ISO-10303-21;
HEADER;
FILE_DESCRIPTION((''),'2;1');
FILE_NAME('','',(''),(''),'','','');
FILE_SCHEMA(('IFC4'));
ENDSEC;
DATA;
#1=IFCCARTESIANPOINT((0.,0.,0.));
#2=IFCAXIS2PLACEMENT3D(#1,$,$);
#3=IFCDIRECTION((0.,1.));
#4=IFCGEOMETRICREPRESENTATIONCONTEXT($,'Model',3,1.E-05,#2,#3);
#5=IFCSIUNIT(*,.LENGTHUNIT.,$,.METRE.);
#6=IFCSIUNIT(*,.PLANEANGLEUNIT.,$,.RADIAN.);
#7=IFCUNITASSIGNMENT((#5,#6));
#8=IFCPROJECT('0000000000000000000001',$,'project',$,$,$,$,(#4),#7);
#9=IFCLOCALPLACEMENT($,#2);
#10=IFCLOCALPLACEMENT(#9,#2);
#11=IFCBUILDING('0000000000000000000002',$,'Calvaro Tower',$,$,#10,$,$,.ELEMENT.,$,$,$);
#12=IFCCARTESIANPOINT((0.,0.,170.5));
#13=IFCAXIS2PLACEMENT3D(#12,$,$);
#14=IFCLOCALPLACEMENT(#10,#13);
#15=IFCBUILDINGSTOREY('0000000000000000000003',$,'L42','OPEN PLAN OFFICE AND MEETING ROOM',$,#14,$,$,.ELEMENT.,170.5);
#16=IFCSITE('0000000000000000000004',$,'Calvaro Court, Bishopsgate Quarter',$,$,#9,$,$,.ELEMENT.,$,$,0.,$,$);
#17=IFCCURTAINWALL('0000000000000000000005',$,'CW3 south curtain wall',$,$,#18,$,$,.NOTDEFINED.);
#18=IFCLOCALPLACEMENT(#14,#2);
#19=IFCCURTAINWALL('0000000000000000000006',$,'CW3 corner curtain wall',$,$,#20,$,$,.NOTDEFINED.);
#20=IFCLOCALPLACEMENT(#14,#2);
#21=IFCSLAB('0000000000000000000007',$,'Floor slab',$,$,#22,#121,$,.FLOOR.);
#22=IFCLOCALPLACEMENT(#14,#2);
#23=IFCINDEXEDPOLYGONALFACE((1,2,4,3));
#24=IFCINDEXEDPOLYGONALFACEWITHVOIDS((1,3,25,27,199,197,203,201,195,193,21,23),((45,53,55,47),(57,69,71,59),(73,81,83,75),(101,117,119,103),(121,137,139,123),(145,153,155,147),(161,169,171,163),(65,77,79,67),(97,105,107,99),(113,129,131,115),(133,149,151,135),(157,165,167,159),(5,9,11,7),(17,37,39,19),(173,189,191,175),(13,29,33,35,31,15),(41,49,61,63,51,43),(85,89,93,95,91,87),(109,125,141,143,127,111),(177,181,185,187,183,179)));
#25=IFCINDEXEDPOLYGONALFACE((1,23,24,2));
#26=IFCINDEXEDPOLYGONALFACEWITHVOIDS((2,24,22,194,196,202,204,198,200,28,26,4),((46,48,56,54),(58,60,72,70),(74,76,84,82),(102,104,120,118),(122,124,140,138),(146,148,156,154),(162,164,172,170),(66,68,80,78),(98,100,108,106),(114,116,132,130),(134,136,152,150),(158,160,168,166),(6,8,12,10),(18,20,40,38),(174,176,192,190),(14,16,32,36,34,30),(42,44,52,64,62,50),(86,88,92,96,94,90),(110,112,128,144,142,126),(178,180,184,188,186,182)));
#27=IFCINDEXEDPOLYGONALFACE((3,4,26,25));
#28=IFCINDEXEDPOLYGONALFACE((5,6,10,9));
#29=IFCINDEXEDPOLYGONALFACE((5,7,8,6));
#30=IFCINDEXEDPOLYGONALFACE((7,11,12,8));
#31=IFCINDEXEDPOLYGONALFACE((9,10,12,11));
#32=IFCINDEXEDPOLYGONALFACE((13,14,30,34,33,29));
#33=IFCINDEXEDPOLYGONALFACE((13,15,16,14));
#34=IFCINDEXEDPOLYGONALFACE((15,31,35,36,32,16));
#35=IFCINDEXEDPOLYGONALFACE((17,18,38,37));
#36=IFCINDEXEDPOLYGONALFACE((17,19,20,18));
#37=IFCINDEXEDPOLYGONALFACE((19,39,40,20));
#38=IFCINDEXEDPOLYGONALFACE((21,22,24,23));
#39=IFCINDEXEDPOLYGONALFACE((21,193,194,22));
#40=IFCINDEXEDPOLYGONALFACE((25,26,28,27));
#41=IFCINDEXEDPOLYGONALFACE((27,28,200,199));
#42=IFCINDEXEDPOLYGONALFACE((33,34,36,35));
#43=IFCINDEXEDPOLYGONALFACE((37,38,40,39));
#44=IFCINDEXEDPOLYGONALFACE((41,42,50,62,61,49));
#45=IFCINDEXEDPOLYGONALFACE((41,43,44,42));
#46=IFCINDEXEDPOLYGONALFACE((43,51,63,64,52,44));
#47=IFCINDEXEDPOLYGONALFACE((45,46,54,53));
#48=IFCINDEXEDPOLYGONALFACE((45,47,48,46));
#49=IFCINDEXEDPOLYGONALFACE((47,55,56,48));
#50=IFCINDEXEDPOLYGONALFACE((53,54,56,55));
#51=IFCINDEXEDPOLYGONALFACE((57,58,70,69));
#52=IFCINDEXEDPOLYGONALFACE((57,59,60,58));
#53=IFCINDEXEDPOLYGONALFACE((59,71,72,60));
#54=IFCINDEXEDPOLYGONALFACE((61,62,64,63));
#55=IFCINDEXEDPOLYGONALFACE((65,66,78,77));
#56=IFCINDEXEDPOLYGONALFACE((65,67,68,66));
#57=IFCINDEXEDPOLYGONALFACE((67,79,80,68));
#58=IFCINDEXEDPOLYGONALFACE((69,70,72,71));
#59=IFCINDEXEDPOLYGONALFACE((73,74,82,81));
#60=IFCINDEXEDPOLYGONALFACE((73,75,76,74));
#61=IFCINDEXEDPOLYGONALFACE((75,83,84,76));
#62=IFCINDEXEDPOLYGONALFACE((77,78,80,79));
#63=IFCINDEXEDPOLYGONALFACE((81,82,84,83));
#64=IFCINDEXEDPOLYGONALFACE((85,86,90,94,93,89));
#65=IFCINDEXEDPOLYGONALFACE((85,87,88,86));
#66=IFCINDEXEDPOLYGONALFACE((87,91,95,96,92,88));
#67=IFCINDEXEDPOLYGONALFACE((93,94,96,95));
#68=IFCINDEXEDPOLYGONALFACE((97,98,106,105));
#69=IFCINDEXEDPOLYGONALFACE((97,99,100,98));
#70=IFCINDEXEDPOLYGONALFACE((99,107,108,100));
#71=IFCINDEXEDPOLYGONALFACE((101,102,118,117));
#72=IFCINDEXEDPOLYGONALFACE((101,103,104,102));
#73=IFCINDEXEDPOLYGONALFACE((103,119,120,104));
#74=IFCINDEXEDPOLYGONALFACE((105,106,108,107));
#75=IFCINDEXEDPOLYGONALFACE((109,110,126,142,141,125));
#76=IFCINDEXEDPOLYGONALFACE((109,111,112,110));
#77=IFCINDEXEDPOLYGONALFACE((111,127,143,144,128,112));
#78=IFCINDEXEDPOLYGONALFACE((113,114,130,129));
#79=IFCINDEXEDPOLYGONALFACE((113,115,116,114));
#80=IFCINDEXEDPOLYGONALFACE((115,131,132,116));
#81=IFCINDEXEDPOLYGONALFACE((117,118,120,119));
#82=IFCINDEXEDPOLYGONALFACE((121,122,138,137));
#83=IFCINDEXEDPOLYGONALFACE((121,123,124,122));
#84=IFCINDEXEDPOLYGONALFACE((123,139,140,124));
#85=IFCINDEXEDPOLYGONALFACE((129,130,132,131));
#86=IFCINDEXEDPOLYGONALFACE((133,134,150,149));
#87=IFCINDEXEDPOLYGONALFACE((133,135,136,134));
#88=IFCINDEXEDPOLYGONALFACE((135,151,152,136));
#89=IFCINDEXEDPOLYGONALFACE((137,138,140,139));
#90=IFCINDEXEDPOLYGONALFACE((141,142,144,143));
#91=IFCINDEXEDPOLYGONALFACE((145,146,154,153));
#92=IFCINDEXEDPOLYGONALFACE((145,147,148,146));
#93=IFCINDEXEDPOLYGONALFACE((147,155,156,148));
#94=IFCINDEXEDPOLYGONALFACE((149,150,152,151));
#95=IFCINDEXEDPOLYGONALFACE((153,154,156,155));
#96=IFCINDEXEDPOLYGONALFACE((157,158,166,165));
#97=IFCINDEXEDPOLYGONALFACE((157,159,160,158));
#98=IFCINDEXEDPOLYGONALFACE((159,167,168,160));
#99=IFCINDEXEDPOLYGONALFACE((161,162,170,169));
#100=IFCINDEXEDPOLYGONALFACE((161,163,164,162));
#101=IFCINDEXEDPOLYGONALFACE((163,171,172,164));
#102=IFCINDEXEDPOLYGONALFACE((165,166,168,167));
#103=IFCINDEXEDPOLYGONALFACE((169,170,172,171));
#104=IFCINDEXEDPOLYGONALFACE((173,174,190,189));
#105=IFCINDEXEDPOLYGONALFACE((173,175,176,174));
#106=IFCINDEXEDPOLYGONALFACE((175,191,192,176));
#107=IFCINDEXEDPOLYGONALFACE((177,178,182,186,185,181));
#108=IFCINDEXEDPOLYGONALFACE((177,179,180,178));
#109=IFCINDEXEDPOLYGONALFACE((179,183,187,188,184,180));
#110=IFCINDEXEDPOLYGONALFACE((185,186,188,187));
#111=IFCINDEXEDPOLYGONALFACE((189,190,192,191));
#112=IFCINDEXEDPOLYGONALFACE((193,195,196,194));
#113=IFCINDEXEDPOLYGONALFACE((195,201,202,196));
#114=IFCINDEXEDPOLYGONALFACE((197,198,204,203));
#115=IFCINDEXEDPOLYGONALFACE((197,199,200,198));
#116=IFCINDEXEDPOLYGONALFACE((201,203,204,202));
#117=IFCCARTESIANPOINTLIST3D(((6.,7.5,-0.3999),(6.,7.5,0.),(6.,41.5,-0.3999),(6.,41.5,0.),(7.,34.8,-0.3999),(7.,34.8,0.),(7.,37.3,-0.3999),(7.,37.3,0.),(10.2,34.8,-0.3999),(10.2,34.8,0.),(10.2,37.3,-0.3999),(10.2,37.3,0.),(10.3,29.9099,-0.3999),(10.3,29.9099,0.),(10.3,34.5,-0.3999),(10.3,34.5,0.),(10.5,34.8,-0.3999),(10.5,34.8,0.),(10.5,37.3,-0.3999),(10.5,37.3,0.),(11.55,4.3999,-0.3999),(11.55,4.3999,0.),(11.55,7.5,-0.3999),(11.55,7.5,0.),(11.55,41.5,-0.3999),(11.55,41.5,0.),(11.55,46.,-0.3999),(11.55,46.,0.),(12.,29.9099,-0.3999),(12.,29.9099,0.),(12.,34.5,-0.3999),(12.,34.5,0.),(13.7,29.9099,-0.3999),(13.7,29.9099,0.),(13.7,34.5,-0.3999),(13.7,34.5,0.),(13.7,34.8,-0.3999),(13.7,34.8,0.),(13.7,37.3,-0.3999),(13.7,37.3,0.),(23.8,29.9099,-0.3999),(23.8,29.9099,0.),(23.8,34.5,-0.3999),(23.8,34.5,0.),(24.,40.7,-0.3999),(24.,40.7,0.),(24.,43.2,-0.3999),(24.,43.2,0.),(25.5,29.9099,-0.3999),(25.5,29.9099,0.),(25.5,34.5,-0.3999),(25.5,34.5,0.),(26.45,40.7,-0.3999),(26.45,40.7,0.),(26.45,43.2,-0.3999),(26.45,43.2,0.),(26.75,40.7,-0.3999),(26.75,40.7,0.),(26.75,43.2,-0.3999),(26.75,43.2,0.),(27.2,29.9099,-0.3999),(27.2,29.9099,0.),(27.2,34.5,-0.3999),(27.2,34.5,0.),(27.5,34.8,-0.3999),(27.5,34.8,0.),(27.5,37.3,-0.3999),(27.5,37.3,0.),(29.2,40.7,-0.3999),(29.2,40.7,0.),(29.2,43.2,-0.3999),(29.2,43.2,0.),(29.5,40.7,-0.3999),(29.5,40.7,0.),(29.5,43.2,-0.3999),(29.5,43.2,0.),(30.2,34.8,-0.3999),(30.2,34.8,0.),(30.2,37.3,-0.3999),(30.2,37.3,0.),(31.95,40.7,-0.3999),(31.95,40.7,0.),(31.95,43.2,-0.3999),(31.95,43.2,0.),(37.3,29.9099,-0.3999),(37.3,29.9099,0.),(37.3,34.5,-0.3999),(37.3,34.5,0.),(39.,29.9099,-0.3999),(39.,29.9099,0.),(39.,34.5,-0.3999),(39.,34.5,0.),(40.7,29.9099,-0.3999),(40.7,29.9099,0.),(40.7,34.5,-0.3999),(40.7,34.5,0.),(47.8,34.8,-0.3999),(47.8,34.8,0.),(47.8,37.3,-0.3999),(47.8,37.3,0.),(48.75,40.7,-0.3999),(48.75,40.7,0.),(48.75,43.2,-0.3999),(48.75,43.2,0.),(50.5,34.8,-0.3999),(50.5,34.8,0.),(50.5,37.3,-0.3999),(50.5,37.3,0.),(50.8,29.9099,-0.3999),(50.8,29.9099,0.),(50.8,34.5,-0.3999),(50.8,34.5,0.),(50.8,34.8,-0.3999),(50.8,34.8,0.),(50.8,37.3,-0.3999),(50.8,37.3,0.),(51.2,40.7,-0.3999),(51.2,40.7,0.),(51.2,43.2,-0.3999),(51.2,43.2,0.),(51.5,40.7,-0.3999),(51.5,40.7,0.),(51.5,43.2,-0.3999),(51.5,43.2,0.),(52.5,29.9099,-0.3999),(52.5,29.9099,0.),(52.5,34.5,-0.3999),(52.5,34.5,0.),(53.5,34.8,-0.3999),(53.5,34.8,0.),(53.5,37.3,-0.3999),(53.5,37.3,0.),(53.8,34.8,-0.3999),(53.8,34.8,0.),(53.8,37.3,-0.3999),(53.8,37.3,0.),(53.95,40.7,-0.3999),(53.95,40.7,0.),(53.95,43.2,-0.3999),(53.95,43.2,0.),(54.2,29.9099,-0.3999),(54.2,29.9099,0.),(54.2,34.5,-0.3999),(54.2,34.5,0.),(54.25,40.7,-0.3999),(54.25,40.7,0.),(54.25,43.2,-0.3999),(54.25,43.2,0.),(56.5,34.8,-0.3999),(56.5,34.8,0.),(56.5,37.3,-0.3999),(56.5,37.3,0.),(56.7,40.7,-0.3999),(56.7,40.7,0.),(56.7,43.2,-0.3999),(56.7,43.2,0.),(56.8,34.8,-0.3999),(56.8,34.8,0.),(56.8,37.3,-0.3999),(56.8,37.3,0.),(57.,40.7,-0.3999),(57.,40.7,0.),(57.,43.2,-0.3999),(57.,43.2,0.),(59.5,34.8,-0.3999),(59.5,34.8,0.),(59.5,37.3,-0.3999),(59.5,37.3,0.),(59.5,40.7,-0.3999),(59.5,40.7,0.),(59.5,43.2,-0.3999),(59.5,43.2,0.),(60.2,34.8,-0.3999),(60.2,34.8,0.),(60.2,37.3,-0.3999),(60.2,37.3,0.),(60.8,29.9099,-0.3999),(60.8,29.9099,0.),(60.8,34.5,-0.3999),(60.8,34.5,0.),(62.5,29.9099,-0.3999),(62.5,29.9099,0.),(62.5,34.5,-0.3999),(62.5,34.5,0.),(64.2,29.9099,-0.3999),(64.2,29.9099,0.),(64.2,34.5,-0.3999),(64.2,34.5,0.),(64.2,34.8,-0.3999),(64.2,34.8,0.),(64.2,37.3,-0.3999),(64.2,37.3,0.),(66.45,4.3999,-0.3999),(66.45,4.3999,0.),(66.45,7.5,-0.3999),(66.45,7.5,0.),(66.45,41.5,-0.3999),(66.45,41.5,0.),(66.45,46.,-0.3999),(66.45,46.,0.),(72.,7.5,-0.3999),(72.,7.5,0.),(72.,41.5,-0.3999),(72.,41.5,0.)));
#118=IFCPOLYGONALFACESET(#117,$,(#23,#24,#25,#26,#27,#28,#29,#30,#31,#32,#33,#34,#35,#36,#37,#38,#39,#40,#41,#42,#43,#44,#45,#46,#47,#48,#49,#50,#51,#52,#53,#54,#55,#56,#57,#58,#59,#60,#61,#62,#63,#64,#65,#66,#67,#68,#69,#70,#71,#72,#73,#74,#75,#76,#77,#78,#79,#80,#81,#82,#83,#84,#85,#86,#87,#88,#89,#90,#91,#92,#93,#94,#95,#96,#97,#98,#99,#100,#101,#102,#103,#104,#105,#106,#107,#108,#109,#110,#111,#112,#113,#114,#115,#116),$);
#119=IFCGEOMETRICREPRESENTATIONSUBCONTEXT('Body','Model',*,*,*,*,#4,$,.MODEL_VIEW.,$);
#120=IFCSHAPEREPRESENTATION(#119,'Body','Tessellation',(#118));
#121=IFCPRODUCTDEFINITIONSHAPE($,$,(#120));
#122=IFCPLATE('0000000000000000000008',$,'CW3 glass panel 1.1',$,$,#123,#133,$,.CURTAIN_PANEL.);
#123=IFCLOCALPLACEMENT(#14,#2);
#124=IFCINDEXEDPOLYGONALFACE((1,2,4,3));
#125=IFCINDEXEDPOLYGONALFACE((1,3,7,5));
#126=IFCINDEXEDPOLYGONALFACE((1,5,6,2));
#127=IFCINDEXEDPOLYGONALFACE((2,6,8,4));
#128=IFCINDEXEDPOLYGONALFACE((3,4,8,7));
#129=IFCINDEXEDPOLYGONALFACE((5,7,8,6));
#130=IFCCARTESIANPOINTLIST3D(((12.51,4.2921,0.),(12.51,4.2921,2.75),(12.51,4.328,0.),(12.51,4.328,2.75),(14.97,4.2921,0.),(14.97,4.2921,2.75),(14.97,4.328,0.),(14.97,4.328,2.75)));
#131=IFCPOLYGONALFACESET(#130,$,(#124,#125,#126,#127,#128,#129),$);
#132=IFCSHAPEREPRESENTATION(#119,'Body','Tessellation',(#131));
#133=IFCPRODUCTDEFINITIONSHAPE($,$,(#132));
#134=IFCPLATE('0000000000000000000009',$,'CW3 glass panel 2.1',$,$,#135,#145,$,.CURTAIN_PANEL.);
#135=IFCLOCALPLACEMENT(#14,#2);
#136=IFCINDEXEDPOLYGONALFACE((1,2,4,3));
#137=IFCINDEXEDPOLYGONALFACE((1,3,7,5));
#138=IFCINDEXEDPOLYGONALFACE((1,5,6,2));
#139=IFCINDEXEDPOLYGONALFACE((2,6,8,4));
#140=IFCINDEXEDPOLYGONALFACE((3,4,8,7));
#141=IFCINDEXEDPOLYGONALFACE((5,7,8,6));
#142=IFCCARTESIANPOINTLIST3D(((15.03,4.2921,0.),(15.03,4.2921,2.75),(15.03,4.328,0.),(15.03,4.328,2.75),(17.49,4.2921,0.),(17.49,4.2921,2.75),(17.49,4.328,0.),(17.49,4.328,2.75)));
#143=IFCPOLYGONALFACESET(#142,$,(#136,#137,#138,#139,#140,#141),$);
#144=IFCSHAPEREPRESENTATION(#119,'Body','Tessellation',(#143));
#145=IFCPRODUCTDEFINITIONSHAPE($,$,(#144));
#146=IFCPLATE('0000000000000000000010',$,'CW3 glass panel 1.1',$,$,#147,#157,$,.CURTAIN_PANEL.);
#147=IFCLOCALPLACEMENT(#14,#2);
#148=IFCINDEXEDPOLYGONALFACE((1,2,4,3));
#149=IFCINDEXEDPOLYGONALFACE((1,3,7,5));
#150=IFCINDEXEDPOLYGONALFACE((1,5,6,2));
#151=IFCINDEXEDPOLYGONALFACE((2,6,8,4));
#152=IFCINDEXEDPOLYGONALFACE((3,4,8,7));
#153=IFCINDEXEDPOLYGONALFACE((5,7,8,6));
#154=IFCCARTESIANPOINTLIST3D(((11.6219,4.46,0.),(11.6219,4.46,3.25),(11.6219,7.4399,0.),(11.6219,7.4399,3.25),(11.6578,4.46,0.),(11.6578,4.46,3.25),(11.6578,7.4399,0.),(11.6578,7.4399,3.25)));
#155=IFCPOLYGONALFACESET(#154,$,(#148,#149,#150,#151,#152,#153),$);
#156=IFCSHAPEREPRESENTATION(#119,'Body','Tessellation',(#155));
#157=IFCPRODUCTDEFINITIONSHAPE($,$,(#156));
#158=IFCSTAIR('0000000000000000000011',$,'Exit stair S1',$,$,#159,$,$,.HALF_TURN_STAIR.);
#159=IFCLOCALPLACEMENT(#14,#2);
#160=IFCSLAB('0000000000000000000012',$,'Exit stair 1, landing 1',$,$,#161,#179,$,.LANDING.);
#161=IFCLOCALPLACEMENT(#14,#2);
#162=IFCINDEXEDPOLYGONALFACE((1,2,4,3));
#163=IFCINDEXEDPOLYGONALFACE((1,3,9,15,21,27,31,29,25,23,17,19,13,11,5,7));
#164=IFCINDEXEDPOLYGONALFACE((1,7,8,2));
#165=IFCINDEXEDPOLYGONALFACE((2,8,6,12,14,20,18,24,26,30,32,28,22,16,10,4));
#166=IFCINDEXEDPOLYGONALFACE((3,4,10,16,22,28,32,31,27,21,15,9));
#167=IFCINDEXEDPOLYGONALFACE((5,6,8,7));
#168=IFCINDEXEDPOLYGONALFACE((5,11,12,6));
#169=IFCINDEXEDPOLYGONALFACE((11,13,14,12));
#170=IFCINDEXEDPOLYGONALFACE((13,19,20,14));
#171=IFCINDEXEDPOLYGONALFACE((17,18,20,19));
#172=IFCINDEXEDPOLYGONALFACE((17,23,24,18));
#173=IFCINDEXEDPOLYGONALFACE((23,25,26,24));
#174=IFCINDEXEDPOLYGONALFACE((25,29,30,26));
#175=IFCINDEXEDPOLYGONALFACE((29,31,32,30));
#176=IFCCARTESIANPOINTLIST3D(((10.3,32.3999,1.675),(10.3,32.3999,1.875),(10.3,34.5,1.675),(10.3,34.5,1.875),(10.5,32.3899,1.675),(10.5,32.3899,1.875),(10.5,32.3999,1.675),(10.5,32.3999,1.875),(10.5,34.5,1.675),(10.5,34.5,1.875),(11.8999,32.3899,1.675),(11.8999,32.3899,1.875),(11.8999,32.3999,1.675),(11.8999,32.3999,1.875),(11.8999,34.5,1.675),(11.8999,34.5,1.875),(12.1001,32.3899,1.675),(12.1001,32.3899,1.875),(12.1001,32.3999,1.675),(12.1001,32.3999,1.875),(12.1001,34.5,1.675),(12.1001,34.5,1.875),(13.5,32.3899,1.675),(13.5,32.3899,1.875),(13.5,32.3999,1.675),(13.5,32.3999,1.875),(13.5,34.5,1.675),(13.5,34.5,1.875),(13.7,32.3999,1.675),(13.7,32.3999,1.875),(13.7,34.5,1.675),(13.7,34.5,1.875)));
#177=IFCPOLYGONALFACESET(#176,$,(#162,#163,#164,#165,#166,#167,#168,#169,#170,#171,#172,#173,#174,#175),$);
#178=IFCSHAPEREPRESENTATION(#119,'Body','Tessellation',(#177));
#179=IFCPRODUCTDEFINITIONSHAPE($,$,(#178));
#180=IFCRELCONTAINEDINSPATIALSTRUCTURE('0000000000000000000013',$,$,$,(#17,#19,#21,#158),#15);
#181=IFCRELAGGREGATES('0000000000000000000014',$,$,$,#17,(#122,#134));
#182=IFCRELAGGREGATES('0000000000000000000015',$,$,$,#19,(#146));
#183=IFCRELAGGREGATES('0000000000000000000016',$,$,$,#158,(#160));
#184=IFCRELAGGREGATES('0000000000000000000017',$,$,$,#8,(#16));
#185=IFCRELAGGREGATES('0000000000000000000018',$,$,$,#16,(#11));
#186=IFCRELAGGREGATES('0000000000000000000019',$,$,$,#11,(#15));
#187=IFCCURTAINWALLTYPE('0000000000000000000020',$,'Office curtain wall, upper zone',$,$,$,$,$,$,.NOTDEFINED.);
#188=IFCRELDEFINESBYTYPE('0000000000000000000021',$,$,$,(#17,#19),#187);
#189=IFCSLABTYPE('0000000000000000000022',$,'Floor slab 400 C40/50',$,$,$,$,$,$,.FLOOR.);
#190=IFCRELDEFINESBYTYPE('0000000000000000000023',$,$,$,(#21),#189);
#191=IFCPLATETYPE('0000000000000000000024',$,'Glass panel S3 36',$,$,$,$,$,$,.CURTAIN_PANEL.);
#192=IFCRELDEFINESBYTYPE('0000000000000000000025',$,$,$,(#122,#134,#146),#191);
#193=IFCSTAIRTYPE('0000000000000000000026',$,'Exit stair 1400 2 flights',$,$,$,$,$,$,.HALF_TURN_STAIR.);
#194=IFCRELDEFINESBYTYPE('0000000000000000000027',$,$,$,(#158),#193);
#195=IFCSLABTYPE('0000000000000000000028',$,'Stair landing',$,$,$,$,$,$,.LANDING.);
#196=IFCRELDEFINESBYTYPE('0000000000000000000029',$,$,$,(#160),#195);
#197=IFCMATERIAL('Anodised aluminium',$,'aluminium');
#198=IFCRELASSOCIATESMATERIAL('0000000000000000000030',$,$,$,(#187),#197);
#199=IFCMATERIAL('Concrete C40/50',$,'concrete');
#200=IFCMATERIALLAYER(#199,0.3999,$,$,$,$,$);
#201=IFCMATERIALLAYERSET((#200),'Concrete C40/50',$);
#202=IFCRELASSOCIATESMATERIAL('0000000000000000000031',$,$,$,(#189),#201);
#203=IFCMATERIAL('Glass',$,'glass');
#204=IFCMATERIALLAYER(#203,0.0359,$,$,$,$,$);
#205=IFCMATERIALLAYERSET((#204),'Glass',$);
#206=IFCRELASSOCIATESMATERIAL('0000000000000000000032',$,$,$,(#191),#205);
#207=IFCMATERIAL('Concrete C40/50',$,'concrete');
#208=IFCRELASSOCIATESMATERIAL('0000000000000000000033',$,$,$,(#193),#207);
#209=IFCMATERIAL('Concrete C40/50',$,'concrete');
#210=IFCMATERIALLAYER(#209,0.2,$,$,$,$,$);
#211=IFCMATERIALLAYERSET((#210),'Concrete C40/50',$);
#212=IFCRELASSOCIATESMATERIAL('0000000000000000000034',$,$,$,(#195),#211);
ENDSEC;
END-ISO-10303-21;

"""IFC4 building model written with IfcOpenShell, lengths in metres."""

from ifc_helpers import new_model, si_unit, direction, frame, origin, origin_2d, place, context, subcontext, project, spatial, polyline, rectangle, outline, extrude, material, layer, layer_set, type_object, element, aggregate, save


model = new_model("IFC4")

# Units and contexts
model_context = context("Model", 3, precision=1e-05, world=origin(), true_north=direction((0.0, 1.0)))
body_context = subcontext(model_context, "Body", "Model", "MODEL_VIEW")
ifc_project = project(units=[si_unit("LENGTHUNIT", "METRE"), si_unit("PLANEANGLEUNIT", "RADIAN")], contexts=[model_context])

# Site, building, storey
site_placement = place(None, origin())
site = spatial("IfcSite", under=ifc_project, at=site_placement, Name="Calvaro Court, Bishopsgate Quarter", CompositionType="ELEMENT", RefElevation=0.0)
building_placement = place(site_placement, origin())
building = spatial("IfcBuilding", under=site, at=building_placement, Name="Calvaro Tower", CompositionType="ELEMENT")
storey_placement = place(building_placement, frame((0.0, 0.0, 170.5)))
storey = spatial("IfcBuildingStorey", under=building, at=storey_placement, Name="L42", Description="OPEN PLAN OFFICE AND MEETING ROOM", CompositionType="ELEMENT", Elevation=170.5)

# Curtain wall
ifc_material_1 = material(Name="Anodised aluminium", Category="aluminium")
curtain_wall_type = type_object("IfcCurtainWallType", Name="Office curtain wall, upper zone", PredefinedType="NOTDEFINED", material=ifc_material_1)
curtain_wall_1_placement = place(storey_placement, origin())
curtain_wall_1 = element("IfcCurtainWall", 1, at=curtain_wall_1_placement, inside=storey, type_object=curtain_wall_type, Name="CW3 south curtain wall", PredefinedType="NOTDEFINED")

# Curtain wall
curtain_wall_2_placement = place(storey_placement, origin())
curtain_wall_2 = element("IfcCurtainWall", 2, at=curtain_wall_2_placement, inside=storey, type_object=curtain_wall_type, Name="CW3 corner curtain wall", PredefinedType="NOTDEFINED")

# Slab
ifc_material_2 = material(Name="Concrete C40/50", Category="concrete")
ifc_layer_1 = layer(ifc_material_2, 0.3999)
ifc_layer_set_1 = layer_set([ifc_layer_1], Name="Concrete C40/50")
slab_type_1 = type_object("IfcSlabType", Name="Floor slab 400 C40/50", PredefinedType="FLOOR", material=ifc_layer_set_1)
slab_1_placement = place(storey_placement, frame((0.0, 0.0, -0.3999)))
element("IfcSlab", 3, at=slab_1_placement, inside=storey, type_object=slab_type_1, Name="Floor slab", PredefinedType="FLOOR", context=body_context, shape_type="SweptSolid", body=[
    extrude(outline(polyline([(66.45, 7.5), (66.45, 4.3999), (11.55, 4.3999), (11.55, 7.5), (6.0, 7.5), (6.0, 41.5), (11.55, 41.5), (11.55, 46.0), (66.45, 46.0), (66.45, 41.5), (72.0, 41.5), (72.0, 7.5), (66.45, 7.5)]), holes=[polyline([(10.3, 29.9099), (10.3, 34.5), (12.0, 34.5), (13.7, 34.5), (13.7, 29.9099), (12.0, 29.9099), (10.3, 29.9099)]), polyline([(23.8, 29.9099), (23.8, 34.5), (25.5, 34.5), (27.2, 34.5), (27.2, 29.9099), (25.5, 29.9099), (23.8, 29.9099)]), polyline([(37.3, 29.9099), (37.3, 34.5), (39.0, 34.5), (40.7, 34.5), (40.7, 29.9099), (39.0, 29.9099), (37.3, 29.9099)]), polyline([(50.8, 29.9099), (50.8, 34.5), (52.5, 34.5), (54.2, 34.5), (54.2, 29.9099), (52.5, 29.9099), (50.8, 29.9099)]), polyline([(60.8, 29.9099), (60.8, 34.5), (62.5, 34.5), (64.2, 34.5), (64.2, 29.9099), (62.5, 29.9099), (60.8, 29.9099)]), polyline([(50.8, 34.8), (53.5, 34.8), (53.5, 37.3), (50.8, 37.3), (50.8, 34.8)]), polyline([(53.8, 34.8), (56.5, 34.8), (56.5, 37.3), (53.8, 37.3), (53.8, 34.8)]), polyline([(56.8, 34.8), (59.5, 34.8), (59.5, 37.3), (56.8, 37.3), (56.8, 34.8)]), polyline([(24.0, 40.7), (26.45, 40.7), (26.45, 43.2), (24.0, 43.2), (24.0, 40.7)]), polyline([(26.75, 40.7), (29.2, 40.7), (29.2, 43.2), (26.75, 43.2), (26.75, 40.7)]), polyline([(29.5, 40.7), (31.95, 40.7), (31.95, 43.2), (29.5, 43.2), (29.5, 40.7)]), polyline([(48.75, 40.7), (51.2, 40.7), (51.2, 43.2), (48.75, 43.2), (48.75, 40.7)]), polyline([(51.5, 40.7), (53.95, 40.7), (53.95, 43.2), (51.5, 43.2), (51.5, 40.7)]), polyline([(54.25, 40.7), (56.7, 40.7), (56.7, 43.2), (54.25, 43.2), (54.25, 40.7)]), polyline([(57.0, 40.7), (59.5, 40.7), (59.5, 43.2), (57.0, 43.2), (57.0, 40.7)]), polyline([(7.0, 34.8), (10.2, 34.8), (10.2, 37.3), (7.0, 37.3), (7.0, 34.8)]), polyline([(10.5, 34.8), (13.7, 34.8), (13.7, 37.3), (10.5, 37.3), (10.5, 34.8)]), polyline([(60.2, 34.8), (64.2, 34.8), (64.2, 37.3), (60.2, 37.3), (60.2, 34.8)]), polyline([(27.5, 34.8), (30.2, 34.8), (30.2, 37.3), (27.5, 37.3), (27.5, 34.8)]), polyline([(47.8, 34.8), (50.5, 34.8), (50.5, 37.3), (47.8, 37.3), (47.8, 34.8)])]), origin(), (0.0, 0.0, 1.0), 0.3999),
])

# Plates
ifc_material_3 = material(Name="Glass", Category="glass")
ifc_layer_2 = layer(ifc_material_3, 0.0359)
ifc_layer_set_2 = layer_set([ifc_layer_2], Name="Glass")
plate_type = type_object("IfcPlateType", Name="Glass panel S3 36", PredefinedType="CURTAIN_PANEL", material=ifc_layer_set_2)
plate_1_placement = place(storey_placement, frame((13.74, 4.3101, 0.0), z_axis=(0.0, 0.0, 1.0), x_axis=(1.0, 0.0, 0.0)))
plate_1 = element("IfcPlate", 4, at=plate_1_placement, type_object=plate_type, Name="CW3 glass panel 1.1", PredefinedType="CURTAIN_PANEL", context=body_context, shape_type="SweptSolid", body=[
    extrude(rectangle(XDim=2.46, YDim=0.0359, at=origin_2d()), origin(), (0.0, 0.0, 1.0), 2.75),
])
plate_2_placement = place(storey_placement, frame((16.26, 4.3101, 0.0), z_axis=(0.0, 0.0, 1.0), x_axis=(1.0, 0.0, 0.0)))
plate_2 = element("IfcPlate", 5, at=plate_2_placement, type_object=plate_type, Name="CW3 glass panel 2.1", PredefinedType="CURTAIN_PANEL", context=body_context, shape_type="SweptSolid", body=[
    extrude(rectangle(XDim=2.46, YDim=0.0359, at=origin_2d()), origin(), (0.0, 0.0, 1.0), 2.75),
])
aggregate(curtain_wall_1, [plate_1, plate_2])
plate_3_placement = place(storey_placement, frame((11.6399, 5.95, 0.0), z_axis=(0.0, 0.0, 1.0), x_axis=(0.0, 1.0, 0.0)))
plate_3 = element("IfcPlate", 6, at=plate_3_placement, type_object=plate_type, Name="CW3 glass panel 1.1", PredefinedType="CURTAIN_PANEL", context=body_context, shape_type="SweptSolid", body=[
    extrude(rectangle(XDim=2.98, YDim=0.0359, at=origin_2d()), origin(), (0.0, 0.0, 1.0), 3.25),
])
aggregate(curtain_wall_2, [plate_3])

# Stair, slab
ifc_material_4 = material(Name="Concrete C40/50", Category="concrete")
stair_type = type_object("IfcStairType", Name="Exit stair 1400 2 flights", PredefinedType="HALF_TURN_STAIR", material=ifc_material_4)
stair_1_placement = place(storey_placement, origin())
stair_1 = element("IfcStair", 7, at=stair_1_placement, inside=storey, type_object=stair_type, Name="Exit stair S1", PredefinedType="HALF_TURN_STAIR")
ifc_material_5 = material(Name="Concrete C40/50", Category="concrete")
ifc_layer_3 = layer(ifc_material_5, 0.2)
ifc_layer_set_3 = layer_set([ifc_layer_3], Name="Concrete C40/50")
slab_type_2 = type_object("IfcSlabType", Name="Stair landing", PredefinedType="LANDING", material=ifc_layer_set_3)
slab_2_placement = place(storey_placement, frame((0.0, 0.0, 1.675)))
slab_2 = element("IfcSlab", 8, at=slab_2_placement, type_object=slab_type_2, Name="Exit stair 1, landing 1", PredefinedType="LANDING", context=body_context, shape_type="SweptSolid", body=[
    extrude(outline(polyline([(11.8999, 32.3899), (10.5, 32.3899), (10.5, 32.3999), (10.3, 32.3999), (10.3, 34.5), (10.5, 34.5), (11.8999, 34.5), (12.1001, 34.5), (13.5, 34.5), (13.7, 34.5), (13.7, 32.3999), (13.5, 32.3999), (13.5, 32.3899), (12.1001, 32.3899), (12.1001, 32.3999), (11.8999, 32.3999), (11.8999, 32.3899)])), origin(), (0.0, 0.0, 1.0), 0.2),
])
aggregate(stair_1, [slab_2])

save(model, "model.ifc")
